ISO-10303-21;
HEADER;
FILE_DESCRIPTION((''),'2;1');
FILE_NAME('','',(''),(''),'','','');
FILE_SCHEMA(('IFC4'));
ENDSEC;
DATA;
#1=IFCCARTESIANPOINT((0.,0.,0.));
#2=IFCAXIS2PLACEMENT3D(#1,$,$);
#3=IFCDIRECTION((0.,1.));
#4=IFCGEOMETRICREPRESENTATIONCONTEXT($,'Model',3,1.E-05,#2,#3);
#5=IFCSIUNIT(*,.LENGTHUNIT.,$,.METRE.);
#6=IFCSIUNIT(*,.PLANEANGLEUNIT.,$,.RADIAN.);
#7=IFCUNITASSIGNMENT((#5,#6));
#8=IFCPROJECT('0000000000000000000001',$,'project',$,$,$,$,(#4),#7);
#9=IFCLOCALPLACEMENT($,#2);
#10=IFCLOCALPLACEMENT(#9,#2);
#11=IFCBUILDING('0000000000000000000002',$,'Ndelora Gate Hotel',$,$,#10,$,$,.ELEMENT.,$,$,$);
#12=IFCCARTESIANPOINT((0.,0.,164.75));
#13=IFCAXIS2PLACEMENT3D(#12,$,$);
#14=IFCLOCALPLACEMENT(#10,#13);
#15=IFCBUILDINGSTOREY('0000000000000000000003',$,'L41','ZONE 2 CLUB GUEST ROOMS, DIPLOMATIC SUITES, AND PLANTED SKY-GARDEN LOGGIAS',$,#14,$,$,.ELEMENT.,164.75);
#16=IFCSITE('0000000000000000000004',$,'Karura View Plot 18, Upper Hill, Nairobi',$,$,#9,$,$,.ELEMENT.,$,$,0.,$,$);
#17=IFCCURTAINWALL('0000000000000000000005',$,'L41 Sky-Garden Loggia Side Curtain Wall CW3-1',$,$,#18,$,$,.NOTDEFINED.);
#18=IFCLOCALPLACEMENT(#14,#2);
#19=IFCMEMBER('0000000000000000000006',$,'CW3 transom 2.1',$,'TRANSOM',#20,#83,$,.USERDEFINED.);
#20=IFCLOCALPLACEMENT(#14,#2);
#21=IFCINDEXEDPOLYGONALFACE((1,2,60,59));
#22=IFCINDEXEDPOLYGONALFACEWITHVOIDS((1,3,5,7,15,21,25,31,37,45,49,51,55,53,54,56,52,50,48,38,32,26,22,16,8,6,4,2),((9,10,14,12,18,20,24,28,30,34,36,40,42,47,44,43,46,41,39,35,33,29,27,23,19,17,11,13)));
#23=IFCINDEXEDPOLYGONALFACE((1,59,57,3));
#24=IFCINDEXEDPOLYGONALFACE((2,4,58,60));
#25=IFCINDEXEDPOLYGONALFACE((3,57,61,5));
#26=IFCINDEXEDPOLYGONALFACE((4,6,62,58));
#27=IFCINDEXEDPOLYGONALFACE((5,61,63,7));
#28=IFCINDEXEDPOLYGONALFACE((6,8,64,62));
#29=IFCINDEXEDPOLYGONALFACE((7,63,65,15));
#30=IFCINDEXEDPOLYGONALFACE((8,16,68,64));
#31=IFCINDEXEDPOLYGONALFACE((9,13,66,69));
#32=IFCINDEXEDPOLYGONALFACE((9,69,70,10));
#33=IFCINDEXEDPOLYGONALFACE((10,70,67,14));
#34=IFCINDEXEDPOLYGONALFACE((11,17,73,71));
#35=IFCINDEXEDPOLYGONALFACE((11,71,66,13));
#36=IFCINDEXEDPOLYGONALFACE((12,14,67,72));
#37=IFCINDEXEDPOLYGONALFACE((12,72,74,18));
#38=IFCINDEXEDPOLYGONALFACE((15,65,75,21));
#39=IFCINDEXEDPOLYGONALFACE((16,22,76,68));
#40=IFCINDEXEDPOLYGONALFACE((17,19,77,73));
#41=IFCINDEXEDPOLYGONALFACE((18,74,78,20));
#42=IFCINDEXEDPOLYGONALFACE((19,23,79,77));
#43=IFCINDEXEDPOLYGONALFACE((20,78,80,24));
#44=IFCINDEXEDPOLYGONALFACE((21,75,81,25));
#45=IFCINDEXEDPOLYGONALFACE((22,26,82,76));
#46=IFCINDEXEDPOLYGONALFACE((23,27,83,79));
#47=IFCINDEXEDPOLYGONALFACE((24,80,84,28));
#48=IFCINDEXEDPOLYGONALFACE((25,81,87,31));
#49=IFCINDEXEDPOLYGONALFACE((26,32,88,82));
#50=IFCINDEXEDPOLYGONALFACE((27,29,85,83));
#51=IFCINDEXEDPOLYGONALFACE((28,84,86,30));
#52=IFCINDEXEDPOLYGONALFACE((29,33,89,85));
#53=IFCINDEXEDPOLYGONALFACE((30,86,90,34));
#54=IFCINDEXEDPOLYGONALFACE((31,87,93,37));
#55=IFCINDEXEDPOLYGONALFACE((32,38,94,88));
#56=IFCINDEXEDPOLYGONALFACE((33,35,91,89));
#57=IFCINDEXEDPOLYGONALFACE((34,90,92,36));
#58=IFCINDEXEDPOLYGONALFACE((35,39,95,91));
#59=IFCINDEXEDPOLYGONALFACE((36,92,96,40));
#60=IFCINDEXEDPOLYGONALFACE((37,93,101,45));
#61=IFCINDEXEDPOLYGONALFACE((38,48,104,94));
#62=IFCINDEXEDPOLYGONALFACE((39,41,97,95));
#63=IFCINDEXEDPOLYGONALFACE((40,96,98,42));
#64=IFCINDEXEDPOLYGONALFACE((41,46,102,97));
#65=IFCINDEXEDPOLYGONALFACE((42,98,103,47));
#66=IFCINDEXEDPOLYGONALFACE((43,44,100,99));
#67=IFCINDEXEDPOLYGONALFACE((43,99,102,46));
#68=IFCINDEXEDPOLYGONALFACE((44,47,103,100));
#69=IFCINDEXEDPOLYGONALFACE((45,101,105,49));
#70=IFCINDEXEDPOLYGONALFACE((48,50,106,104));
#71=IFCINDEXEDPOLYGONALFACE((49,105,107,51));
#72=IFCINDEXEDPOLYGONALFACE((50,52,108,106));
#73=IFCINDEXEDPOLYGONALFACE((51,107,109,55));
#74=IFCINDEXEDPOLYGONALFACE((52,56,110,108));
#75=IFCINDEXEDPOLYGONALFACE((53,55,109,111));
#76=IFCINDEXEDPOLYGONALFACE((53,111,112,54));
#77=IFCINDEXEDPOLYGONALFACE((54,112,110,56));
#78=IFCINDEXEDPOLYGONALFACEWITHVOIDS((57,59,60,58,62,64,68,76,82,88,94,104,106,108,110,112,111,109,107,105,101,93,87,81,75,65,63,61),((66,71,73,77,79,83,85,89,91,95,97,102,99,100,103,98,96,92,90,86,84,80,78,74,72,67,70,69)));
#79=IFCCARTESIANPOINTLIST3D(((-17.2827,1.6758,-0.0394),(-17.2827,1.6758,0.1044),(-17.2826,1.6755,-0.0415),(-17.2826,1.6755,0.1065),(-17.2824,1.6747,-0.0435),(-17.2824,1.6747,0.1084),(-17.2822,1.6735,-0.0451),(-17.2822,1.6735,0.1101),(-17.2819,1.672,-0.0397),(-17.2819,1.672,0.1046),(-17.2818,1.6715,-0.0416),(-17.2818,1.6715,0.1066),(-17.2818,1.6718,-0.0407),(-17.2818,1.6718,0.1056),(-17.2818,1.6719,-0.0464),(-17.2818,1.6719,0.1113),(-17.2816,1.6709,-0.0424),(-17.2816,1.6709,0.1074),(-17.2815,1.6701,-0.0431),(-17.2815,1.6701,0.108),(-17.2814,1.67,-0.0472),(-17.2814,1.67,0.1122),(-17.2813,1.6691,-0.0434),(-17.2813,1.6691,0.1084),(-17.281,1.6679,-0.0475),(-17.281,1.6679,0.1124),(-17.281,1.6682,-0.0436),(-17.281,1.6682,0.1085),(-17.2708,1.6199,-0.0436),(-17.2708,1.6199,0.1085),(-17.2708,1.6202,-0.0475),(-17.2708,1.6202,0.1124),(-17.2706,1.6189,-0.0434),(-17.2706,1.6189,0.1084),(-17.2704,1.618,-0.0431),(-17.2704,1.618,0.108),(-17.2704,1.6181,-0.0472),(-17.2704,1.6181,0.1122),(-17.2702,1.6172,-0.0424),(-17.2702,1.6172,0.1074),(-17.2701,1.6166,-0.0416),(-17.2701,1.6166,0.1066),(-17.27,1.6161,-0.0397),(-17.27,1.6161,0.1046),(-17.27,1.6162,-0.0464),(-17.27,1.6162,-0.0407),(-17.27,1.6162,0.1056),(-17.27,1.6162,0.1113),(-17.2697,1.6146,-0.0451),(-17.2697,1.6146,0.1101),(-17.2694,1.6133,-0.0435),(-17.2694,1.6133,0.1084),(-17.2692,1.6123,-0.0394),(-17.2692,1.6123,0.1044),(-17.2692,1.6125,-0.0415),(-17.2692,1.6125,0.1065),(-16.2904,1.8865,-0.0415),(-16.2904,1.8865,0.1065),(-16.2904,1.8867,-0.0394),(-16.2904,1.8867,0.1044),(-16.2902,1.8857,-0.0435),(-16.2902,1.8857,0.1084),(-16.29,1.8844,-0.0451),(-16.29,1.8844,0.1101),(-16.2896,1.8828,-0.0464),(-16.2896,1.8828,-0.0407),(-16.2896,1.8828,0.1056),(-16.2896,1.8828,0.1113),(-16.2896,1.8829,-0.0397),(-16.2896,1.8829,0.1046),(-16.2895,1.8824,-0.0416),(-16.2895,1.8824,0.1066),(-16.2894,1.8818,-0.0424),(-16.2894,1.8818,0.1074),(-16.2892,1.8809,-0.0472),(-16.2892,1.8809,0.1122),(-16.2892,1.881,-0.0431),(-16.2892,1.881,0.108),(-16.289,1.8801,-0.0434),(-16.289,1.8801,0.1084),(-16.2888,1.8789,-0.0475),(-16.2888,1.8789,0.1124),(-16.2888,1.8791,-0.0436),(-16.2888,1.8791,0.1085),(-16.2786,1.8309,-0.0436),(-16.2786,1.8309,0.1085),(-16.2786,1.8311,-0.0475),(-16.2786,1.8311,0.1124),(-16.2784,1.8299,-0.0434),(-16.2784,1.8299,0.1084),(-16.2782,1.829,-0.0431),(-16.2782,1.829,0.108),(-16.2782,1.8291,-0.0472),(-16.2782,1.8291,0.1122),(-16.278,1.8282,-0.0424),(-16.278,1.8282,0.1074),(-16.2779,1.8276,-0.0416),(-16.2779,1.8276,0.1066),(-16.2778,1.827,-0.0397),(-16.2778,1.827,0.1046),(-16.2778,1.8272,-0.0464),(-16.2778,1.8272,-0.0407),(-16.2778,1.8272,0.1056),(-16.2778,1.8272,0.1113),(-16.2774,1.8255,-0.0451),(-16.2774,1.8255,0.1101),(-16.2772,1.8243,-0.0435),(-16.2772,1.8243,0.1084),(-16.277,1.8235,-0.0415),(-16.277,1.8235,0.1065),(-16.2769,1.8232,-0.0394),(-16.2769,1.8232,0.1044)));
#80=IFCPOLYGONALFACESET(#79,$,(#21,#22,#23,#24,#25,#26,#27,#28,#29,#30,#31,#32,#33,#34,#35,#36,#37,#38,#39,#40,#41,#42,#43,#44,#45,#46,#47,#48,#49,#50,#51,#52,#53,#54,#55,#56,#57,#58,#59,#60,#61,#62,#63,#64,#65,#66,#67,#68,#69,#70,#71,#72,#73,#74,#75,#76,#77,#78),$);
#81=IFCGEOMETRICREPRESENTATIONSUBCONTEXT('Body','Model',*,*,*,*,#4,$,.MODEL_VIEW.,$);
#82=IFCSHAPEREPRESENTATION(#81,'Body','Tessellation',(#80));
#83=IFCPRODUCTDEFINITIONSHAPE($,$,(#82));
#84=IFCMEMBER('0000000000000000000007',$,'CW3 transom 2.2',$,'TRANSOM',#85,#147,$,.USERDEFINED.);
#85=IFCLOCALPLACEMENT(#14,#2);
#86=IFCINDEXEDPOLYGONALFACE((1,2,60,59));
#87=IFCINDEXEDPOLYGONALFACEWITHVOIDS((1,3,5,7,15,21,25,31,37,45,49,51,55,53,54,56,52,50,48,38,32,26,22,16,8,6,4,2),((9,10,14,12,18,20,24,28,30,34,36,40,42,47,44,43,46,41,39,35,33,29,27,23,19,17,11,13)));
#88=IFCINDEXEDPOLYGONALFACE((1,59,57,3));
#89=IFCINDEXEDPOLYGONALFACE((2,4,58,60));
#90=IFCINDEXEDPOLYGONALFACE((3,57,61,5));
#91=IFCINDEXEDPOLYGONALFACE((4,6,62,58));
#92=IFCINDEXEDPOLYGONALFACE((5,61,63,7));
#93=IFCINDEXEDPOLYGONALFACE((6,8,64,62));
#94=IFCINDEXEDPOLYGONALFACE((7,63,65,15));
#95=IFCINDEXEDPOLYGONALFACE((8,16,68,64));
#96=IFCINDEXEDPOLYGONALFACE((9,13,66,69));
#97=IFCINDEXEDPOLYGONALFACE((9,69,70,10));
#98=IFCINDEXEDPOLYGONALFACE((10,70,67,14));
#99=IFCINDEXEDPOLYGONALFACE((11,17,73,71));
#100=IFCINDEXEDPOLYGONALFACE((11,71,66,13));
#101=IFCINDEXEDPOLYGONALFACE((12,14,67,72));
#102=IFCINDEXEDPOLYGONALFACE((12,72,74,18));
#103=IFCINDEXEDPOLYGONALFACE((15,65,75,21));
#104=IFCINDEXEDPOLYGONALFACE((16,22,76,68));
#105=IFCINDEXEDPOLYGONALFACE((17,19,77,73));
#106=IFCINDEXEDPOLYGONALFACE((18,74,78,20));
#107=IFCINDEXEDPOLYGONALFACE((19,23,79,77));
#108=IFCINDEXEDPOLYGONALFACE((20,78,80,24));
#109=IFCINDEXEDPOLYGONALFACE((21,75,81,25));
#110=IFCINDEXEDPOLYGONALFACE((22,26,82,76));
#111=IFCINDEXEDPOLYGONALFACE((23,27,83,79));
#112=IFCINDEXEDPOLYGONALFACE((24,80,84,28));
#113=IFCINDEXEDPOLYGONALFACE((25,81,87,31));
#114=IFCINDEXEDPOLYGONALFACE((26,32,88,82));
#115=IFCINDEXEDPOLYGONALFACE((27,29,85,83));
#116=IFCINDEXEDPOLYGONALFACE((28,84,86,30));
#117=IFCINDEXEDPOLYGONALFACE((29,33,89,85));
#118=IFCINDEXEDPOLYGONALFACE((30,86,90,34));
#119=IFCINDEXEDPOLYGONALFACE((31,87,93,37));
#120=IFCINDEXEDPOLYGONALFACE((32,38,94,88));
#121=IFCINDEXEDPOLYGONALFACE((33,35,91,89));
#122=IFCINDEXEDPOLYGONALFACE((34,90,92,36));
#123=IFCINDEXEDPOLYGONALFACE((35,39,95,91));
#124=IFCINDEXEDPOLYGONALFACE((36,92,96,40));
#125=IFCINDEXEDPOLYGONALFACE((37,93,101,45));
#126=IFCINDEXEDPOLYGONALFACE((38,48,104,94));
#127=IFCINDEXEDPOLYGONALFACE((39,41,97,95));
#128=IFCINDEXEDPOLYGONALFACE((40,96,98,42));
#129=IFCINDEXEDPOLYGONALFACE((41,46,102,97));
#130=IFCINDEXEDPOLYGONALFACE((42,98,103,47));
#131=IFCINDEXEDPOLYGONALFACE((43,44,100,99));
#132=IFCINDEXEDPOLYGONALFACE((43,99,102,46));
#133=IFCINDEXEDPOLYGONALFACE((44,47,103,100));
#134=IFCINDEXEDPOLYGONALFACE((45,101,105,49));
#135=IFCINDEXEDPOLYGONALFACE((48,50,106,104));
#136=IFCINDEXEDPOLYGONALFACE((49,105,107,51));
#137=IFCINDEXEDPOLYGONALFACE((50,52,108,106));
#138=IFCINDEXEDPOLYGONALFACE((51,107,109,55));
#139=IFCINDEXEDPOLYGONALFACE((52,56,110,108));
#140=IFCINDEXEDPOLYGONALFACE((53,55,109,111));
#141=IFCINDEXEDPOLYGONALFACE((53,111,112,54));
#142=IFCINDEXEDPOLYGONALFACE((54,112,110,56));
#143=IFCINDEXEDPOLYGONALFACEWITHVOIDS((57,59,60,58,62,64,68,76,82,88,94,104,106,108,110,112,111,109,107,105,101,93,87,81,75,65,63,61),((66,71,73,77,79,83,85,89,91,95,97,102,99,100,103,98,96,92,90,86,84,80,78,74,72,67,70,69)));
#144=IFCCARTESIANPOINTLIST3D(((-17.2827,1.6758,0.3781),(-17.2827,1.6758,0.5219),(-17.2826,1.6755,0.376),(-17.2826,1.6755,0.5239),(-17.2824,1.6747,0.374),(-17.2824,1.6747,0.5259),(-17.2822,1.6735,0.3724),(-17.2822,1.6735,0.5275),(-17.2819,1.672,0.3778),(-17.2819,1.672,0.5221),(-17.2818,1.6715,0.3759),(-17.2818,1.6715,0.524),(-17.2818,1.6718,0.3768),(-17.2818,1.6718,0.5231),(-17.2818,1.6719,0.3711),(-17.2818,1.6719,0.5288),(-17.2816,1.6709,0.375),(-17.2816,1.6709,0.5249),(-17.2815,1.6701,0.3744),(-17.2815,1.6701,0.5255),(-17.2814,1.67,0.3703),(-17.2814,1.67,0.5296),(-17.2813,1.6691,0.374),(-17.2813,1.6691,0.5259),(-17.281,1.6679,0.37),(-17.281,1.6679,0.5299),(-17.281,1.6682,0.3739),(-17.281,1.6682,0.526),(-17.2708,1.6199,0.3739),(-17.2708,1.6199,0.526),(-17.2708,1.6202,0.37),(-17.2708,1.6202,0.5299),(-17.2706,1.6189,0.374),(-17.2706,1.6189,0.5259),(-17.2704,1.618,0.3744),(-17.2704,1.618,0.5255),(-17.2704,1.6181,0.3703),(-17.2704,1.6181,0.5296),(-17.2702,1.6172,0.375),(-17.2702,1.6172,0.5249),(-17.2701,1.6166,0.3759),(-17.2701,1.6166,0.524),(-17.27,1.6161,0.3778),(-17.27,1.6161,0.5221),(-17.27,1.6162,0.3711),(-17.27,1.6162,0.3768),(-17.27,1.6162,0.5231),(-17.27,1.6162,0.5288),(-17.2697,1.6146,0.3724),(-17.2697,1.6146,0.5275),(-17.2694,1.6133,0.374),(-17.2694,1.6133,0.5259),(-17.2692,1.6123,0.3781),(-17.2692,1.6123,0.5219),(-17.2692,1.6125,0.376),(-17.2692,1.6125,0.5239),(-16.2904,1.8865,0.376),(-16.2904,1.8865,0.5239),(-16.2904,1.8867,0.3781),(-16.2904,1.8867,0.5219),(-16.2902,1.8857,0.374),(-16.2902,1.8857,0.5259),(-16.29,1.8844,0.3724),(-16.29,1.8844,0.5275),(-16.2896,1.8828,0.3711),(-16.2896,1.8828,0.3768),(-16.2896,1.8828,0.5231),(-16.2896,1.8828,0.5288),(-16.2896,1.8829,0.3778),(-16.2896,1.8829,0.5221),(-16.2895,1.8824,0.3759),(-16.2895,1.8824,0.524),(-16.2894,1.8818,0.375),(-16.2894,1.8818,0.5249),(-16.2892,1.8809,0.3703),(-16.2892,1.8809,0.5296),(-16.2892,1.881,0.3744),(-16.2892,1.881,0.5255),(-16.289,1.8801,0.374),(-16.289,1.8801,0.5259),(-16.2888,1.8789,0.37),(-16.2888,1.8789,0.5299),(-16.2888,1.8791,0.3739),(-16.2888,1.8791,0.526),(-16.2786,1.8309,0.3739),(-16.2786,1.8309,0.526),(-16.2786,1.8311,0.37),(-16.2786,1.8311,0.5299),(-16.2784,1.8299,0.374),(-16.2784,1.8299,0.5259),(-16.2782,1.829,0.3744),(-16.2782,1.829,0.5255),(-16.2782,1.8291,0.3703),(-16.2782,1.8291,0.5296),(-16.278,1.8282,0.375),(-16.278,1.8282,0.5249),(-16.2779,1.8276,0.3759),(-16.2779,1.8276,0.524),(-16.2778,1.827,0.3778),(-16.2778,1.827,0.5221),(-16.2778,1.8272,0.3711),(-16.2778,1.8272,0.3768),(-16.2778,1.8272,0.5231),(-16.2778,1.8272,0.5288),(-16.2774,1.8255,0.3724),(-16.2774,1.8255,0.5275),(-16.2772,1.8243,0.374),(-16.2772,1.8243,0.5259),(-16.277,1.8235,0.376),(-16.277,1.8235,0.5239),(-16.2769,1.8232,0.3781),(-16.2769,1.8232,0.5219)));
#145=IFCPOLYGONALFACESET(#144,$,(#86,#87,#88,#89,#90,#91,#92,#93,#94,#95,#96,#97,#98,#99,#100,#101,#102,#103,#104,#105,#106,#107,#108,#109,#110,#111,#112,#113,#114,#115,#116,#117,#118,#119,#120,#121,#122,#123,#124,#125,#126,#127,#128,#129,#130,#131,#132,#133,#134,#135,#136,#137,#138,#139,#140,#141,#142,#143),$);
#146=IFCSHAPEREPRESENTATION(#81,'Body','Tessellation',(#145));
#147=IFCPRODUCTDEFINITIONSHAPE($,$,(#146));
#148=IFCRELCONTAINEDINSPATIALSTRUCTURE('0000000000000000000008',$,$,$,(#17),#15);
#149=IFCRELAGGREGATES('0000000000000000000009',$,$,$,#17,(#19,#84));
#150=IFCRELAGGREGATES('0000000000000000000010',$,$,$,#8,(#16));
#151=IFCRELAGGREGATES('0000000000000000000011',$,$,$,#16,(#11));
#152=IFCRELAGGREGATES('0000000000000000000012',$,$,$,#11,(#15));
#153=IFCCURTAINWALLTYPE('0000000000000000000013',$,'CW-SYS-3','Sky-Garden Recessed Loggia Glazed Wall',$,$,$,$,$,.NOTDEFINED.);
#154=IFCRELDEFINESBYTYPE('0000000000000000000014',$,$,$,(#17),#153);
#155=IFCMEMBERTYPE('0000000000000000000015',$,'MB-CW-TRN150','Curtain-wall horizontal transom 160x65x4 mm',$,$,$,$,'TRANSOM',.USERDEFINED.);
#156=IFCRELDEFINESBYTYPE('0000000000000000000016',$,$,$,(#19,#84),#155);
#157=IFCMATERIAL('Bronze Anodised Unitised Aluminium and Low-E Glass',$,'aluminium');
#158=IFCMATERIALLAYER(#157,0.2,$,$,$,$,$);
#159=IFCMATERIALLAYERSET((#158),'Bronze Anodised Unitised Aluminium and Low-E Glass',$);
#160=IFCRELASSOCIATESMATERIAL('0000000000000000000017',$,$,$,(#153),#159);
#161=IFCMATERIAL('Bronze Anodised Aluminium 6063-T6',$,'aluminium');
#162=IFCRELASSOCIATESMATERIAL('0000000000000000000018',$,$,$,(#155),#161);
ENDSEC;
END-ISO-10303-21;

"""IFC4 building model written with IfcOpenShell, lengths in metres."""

from ifc_helpers import new_model, si_unit, direction, frame, origin, origin_2d, place, context, subcontext, project, spatial, hollow_rectangle, extrude, material, layer, layer_set, material_profile, profile_set, type_object, element, aggregate, save


model = new_model("IFC4")

# Units and contexts
model_context = context("Model", 3, precision=1e-05, world=origin(), true_north=direction((0.0, 1.0)))
body_context = subcontext(model_context, "Body", "Model", "MODEL_VIEW")
ifc_project = project(units=[si_unit("LENGTHUNIT", "METRE"), si_unit("PLANEANGLEUNIT", "RADIAN")], contexts=[model_context])

# Site, building, storey
site_placement = place(None, origin())
site = spatial("IfcSite", under=ifc_project, at=site_placement, Name="Karura View Plot 18, Upper Hill, Nairobi", CompositionType="ELEMENT", RefElevation=0.0)
building_placement = place(site_placement, origin())
building = spatial("IfcBuilding", under=site, at=building_placement, Name="Ndelora Gate Hotel", CompositionType="ELEMENT")
storey_placement = place(building_placement, frame((0.0, 0.0, 164.75)))
storey = spatial("IfcBuildingStorey", under=building, at=storey_placement, Name="L41", Description="ZONE 2 CLUB GUEST ROOMS, DIPLOMATIC SUITES, AND PLANTED SKY-GARDEN LOGGIAS", CompositionType="ELEMENT", Elevation=164.75)

# Curtain wall, members
ifc_material_1 = material(Name="Bronze Anodised Unitised Aluminium and Low-E Glass", Category="aluminium")
ifc_layer_1 = layer(ifc_material_1, 0.2)
ifc_layer_set_1 = layer_set([ifc_layer_1], Name="Bronze Anodised Unitised Aluminium and Low-E Glass")
curtain_wall_type = type_object("IfcCurtainWallType", Name="CW-SYS-3", Description="Sky-Garden Recessed Loggia Glazed Wall", PredefinedType="NOTDEFINED", material=ifc_layer_set_1)
curtain_wall_placement = place(storey_placement, origin())
curtain_wall = element("IfcCurtainWall", 1, at=curtain_wall_placement, inside=storey, type_object=curtain_wall_type, Name="L41 Sky-Garden Loggia Side Curtain Wall CW3-1", PredefinedType="NOTDEFINED")
ifc_material_2 = material(Name="Bronze Anodised Aluminium 6063-T6", Category="aluminium")
ifc_material_profile_1 = material_profile(ifc_material_2, hollow_rectangle(XDim=0.0649, YDim=0.1599, WallThickness=0.0039, InnerFilletRadius=0.0039, OuterFilletRadius=0.0081, at=origin_2d()), Name="ALU 160x65x4")
ifc_profile_set_1 = profile_set([ifc_material_profile_1], Name="Bronze Anodised Aluminium 6063-T6")
member_type_1 = type_object("IfcMemberType", Name="MB-CW-TRN150", Description="Curtain-wall horizontal transom 160x65x4 mm", ElementType="TRANSOM", PredefinedType="USERDEFINED", material=ifc_profile_set_1)
member_1_placement = place(storey_placement, frame((-16.2837, 1.855, 0.0325), z_axis=(-0.978139, -0.207951, 0.0), x_axis=(0.207951, -0.978139, 0.0)))
member_1 = element("IfcMember", 2, at=member_1_placement, type_object=member_type_1, Name="CW3 transom 2.1", ObjectType="TRANSOM", PredefinedType="USERDEFINED", context=body_context, shape_type="SweptSolid", body=[
    extrude(hollow_rectangle(XDim=0.0649, YDim=0.1599, WallThickness=0.0039, InnerFilletRadius=0.0039, OuterFilletRadius=0.0081, at=origin_2d()), origin(), (0.0, 0.0, 1.0), 1.0144),
])
member_2_placement = place(storey_placement, frame((-16.2837, 1.855, 0.45), z_axis=(-0.978139, -0.207951, 0.0), x_axis=(0.207951, -0.978139, 0.0)))
member_2 = element("IfcMember", 3, at=member_2_placement, type_object=member_type_1, Name="CW3 transom 2.2", ObjectType="TRANSOM", PredefinedType="USERDEFINED", context=body_context, shape_type="SweptSolid", body=[
    extrude(hollow_rectangle(XDim=0.0649, YDim=0.1599, WallThickness=0.0039, InnerFilletRadius=0.0039, OuterFilletRadius=0.0081, at=origin_2d()), origin(), (0.0, 0.0, 1.0), 1.0144),
])
aggregate(curtain_wall, [member_1, member_2])

save(model, "model.ifc")
